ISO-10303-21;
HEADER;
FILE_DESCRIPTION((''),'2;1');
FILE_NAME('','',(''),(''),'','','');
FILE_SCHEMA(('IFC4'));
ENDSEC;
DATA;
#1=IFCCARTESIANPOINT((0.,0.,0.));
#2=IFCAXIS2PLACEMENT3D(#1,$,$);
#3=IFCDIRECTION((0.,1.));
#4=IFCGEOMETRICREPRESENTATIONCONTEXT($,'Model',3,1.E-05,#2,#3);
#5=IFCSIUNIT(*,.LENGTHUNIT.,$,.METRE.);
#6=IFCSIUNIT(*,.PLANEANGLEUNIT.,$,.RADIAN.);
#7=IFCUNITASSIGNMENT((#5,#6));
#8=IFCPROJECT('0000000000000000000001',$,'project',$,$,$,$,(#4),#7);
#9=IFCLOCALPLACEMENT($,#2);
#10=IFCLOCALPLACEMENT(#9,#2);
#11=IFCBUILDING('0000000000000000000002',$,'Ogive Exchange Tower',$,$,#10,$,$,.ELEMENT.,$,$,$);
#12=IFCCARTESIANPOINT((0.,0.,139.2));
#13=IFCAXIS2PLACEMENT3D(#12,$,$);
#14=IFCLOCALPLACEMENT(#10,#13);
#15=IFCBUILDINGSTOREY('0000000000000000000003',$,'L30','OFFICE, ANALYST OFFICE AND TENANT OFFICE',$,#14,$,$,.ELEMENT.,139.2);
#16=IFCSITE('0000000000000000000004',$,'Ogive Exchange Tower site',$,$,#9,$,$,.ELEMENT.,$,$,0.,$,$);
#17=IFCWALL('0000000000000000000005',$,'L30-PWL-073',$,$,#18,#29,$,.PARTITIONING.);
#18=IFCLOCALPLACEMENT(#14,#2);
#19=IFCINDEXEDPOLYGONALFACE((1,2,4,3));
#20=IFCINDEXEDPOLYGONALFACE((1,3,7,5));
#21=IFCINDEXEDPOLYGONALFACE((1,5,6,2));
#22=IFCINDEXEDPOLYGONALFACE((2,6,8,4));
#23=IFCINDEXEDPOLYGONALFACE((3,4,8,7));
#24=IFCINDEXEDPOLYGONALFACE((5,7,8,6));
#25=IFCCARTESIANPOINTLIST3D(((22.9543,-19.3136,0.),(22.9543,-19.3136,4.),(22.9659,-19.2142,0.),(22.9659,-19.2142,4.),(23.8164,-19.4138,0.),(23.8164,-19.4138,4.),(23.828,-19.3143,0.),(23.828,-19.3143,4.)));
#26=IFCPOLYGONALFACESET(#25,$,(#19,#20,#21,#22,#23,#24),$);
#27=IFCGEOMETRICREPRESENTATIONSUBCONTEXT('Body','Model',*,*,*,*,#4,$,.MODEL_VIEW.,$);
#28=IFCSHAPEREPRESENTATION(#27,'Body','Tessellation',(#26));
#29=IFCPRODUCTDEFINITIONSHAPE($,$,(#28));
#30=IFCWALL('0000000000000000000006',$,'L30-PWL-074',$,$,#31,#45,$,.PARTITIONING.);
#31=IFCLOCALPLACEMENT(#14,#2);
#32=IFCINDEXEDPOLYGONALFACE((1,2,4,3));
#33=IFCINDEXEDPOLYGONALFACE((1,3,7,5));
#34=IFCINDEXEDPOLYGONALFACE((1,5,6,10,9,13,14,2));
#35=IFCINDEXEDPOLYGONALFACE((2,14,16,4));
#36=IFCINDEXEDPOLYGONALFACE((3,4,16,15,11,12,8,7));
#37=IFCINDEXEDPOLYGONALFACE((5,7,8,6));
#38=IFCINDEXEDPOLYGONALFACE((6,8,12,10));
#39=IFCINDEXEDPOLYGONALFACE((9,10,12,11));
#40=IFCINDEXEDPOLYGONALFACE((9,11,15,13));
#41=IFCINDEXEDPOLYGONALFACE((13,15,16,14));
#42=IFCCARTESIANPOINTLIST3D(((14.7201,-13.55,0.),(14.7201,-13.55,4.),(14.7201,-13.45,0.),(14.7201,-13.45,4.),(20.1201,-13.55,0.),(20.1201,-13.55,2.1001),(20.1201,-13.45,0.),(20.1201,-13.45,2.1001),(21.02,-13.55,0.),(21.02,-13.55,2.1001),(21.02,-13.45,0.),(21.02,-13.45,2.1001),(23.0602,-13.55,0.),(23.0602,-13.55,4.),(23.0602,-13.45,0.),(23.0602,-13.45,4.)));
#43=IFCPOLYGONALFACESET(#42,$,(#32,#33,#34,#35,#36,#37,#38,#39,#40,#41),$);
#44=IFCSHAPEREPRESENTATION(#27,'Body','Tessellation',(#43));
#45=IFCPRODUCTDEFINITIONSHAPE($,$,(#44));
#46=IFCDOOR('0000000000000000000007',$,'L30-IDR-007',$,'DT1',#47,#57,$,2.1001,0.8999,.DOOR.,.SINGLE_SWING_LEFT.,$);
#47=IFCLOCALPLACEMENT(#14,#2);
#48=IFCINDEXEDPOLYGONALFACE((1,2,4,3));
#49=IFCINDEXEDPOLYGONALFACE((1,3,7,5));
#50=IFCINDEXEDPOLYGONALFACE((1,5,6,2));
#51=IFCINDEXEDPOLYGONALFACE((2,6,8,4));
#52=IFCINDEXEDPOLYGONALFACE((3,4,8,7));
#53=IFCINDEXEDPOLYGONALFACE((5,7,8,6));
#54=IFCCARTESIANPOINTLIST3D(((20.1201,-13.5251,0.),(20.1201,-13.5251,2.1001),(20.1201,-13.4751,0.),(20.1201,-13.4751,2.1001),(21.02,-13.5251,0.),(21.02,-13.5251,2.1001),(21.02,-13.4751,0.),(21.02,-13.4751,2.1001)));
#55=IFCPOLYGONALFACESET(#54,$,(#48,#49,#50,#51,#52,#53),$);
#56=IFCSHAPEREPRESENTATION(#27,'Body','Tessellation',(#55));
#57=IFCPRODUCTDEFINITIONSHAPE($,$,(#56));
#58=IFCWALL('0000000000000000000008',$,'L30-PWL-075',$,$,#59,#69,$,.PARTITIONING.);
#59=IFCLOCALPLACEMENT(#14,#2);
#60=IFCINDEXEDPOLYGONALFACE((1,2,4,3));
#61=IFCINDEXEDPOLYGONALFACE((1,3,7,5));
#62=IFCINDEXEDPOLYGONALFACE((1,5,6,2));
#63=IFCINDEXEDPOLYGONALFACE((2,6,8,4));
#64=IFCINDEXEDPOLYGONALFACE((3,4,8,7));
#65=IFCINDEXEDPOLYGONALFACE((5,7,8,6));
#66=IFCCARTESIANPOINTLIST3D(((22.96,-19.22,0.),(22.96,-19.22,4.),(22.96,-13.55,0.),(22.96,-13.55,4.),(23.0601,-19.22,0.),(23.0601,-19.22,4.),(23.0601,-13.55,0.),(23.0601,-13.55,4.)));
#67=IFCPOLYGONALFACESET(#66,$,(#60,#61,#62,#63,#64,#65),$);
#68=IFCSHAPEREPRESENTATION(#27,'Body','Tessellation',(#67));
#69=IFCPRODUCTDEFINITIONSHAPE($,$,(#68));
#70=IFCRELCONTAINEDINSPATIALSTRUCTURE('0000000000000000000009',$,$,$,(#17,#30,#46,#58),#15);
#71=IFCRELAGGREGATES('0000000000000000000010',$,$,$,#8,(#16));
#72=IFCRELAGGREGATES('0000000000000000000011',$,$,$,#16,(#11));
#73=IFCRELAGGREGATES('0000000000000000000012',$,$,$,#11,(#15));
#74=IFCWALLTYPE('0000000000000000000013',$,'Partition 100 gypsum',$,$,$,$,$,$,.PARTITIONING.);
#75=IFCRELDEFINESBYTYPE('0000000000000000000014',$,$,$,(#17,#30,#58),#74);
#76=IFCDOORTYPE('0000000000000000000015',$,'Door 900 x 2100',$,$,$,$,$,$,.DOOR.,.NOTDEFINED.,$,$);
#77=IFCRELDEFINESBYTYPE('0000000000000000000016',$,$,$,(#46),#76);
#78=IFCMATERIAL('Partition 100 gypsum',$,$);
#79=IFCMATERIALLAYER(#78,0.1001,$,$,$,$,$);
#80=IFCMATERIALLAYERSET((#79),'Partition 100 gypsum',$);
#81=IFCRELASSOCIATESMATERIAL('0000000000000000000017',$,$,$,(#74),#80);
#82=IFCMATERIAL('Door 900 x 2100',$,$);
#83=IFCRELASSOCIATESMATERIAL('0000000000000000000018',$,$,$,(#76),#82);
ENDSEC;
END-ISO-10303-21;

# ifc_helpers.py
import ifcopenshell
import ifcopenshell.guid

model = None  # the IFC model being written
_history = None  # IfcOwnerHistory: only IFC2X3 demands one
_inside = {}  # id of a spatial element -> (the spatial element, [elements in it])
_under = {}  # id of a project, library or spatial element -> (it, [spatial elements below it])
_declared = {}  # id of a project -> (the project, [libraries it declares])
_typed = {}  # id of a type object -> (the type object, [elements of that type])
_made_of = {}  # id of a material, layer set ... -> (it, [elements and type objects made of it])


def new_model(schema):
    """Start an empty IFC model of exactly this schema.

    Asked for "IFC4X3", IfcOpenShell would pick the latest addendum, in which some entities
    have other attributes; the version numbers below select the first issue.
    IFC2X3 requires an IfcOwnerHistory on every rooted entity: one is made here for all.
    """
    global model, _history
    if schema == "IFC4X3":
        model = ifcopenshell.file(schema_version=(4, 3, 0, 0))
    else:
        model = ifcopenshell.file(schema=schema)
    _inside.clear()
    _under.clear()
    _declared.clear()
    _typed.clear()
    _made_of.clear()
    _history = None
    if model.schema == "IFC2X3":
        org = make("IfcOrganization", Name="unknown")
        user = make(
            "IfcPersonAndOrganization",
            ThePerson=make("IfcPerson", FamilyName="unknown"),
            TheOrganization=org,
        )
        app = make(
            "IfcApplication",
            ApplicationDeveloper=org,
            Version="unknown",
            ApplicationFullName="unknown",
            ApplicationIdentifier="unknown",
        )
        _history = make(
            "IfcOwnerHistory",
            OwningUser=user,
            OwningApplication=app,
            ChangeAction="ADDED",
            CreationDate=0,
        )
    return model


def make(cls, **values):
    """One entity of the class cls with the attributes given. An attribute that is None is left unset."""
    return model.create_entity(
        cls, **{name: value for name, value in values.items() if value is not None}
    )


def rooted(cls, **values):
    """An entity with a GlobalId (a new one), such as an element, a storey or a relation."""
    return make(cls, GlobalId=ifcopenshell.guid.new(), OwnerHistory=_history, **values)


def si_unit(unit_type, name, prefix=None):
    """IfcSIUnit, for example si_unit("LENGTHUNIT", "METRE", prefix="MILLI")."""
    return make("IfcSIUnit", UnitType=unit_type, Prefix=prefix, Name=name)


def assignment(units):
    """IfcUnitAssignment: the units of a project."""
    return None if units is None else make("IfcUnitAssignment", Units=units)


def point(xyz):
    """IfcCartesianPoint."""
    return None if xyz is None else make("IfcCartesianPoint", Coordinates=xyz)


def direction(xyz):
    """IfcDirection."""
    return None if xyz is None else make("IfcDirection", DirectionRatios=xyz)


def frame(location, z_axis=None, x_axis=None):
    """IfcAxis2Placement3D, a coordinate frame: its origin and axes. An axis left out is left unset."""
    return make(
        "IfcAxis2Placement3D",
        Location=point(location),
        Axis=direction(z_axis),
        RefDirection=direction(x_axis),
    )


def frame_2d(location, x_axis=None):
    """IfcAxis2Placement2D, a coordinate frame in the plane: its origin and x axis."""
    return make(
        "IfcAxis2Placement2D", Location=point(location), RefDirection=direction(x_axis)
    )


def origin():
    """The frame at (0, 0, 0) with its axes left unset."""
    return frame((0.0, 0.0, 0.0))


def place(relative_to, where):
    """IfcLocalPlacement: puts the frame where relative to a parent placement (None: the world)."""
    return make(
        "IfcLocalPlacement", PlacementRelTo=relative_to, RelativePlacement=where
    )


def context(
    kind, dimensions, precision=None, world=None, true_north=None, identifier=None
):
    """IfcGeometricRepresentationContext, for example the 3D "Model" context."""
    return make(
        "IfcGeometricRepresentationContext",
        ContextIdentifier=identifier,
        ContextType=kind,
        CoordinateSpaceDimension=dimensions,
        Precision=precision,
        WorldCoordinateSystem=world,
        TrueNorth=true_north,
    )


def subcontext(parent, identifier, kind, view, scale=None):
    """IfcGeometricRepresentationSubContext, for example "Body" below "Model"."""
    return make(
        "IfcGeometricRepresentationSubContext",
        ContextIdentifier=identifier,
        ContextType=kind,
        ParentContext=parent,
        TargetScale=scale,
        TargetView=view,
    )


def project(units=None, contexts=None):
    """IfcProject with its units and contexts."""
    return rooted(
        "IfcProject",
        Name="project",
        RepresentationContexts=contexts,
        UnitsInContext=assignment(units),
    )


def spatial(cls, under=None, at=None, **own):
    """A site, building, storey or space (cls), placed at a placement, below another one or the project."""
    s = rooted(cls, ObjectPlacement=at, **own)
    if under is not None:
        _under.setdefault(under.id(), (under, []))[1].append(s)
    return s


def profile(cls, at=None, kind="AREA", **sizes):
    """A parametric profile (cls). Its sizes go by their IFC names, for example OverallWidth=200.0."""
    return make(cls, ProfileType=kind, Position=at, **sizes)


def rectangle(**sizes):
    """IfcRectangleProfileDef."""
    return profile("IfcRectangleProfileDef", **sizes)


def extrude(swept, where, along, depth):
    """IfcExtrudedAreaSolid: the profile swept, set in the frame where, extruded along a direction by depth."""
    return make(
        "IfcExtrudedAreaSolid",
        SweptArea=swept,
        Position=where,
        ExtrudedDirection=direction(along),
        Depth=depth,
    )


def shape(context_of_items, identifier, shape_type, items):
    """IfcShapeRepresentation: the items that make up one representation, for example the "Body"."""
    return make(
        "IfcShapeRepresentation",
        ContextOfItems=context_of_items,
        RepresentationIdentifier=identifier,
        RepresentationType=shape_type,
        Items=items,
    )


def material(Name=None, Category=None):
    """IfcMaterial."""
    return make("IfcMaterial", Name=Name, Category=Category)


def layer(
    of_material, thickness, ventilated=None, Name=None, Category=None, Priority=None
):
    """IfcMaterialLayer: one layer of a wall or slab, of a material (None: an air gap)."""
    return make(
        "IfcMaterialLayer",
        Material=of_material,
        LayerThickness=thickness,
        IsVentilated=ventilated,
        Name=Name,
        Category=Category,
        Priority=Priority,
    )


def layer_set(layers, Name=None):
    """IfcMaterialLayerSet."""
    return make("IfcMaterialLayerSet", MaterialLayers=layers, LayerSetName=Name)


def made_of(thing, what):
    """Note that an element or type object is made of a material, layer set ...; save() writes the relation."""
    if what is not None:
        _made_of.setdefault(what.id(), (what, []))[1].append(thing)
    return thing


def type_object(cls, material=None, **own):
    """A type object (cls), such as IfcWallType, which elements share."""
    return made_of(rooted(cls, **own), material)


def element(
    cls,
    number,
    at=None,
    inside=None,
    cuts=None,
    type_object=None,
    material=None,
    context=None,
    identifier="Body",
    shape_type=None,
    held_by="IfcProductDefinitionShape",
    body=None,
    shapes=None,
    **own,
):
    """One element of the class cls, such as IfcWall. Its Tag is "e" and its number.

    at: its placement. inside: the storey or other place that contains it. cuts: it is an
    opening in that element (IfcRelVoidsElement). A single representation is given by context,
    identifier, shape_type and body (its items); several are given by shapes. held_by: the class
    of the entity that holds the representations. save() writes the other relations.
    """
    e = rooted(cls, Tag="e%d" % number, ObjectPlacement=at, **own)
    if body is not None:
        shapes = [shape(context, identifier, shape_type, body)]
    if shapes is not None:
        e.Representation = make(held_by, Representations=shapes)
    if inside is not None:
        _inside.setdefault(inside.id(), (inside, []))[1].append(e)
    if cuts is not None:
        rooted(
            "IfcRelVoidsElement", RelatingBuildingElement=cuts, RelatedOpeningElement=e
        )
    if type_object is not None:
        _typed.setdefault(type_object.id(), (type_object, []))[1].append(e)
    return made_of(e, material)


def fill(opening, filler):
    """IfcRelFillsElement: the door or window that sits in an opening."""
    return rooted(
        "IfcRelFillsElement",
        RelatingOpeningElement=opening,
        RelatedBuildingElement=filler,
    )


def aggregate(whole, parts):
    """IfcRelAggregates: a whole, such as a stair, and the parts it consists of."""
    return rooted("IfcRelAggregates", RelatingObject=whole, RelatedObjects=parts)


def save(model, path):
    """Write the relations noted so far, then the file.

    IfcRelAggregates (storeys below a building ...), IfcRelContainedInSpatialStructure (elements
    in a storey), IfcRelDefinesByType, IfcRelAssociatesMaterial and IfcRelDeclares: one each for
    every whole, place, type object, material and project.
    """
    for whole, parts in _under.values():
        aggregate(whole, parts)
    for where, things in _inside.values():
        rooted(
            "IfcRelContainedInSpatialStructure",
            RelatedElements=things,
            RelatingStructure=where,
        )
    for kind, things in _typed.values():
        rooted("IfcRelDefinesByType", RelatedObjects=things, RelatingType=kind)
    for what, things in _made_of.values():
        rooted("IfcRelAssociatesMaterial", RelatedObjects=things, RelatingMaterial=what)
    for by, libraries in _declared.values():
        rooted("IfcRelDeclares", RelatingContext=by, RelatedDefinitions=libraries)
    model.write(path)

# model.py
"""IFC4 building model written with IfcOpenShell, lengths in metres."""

from ifc_helpers import new_model, si_unit, direction, frame, frame_2d, origin, place, context, subcontext, project, spatial, rectangle, extrude, material, layer, layer_set, type_object, element, fill, save


model = new_model("IFC4")

# Units and contexts
model_context = context("Model", 3, precision=1e-05, world=origin(), true_north=direction((0.0, 1.0)))
body_context = subcontext(model_context, "Body", "Model", "MODEL_VIEW")
ifc_project = project(units=[si_unit("LENGTHUNIT", "METRE"), si_unit("PLANEANGLEUNIT", "RADIAN")], contexts=[model_context])

# Site, building, storey
site_placement = place(None, origin())
site = spatial("IfcSite", under=ifc_project, at=site_placement, Name="Ogive Exchange Tower site", CompositionType="ELEMENT", RefElevation=0.0)
building_placement = place(site_placement, origin())
building = spatial("IfcBuilding", under=site, at=building_placement, Name="Ogive Exchange Tower", CompositionType="ELEMENT")
storey_placement = place(building_placement, frame((0.0, 0.0, 139.2)))
storey = spatial("IfcBuildingStorey", under=building, at=storey_placement, Name="L30", Description="OFFICE, ANALYST OFFICE AND TENANT OFFICE", CompositionType="ELEMENT", Elevation=139.2)

# Wall
ifc_material_1 = material(Name="Partition 100 gypsum")
ifc_layer_1 = layer(ifc_material_1, 0.1001)
ifc_layer_set_1 = layer_set([ifc_layer_1], Name="Partition 100 gypsum")
wall_type_1 = type_object("IfcWallType", Name="Partition 100 gypsum", PredefinedType="PARTITIONING", material=ifc_layer_set_1)
wall_1_placement = place(storey_placement, frame((22.96, -19.2639, 0.0), z_axis=(0.0, 0.0, 1.0), x_axis=(0.993326, -0.115339, 0.0)))
element("IfcWall", 1, at=wall_1_placement, inside=storey, type_object=wall_type_1, Name="L30-PWL-073", PredefinedType="PARTITIONING", context=body_context, shape_type="SweptSolid", body=[
    extrude(rectangle(XDim=0.8679, YDim=0.1001, at=frame_2d((0.4341, 0.0))), origin(), (0.0, 0.0, 1.0), 4.0),
])

# Wall, opening, door
wall_2_placement = place(storey_placement, frame((23.0601, -13.5, 0.0), z_axis=(0.0, 0.0, 1.0), x_axis=(-1.0, 0.0, 0.0)))
wall_2 = element("IfcWall", 2, at=wall_2_placement, inside=storey, type_object=wall_type_1, Name="L30-PWL-074", PredefinedType="PARTITIONING", context=body_context, shape_type="SweptSolid", body=[
    extrude(rectangle(XDim=8.3401, YDim=0.1001, at=frame_2d((4.1699, 0.0))), origin(), (0.0, 0.0, 1.0), 4.0),
])
opening_1_placement = place(wall_2_placement, frame((2.04, 0.0, 0.0)))
opening_1 = element("IfcOpeningElement", 3, at=opening_1_placement, cuts=wall_2, PredefinedType="OPENING", context=body_context, shape_type="SweptSolid", body=[
    extrude(rectangle(XDim=0.8999, YDim=2.1001, at=frame_2d((0.45, 1.05))), frame((0.0, 0.0601, 0.0), z_axis=(0.0, -1.0, 0.0), x_axis=(1.0, 0.0, 0.0)), (0.0, 0.0, 1.0), 0.1201),
])
ifc_material_2 = material(Name="Door 900 x 2100")
door_type_1 = type_object("IfcDoorType", Name="Door 900 x 2100", OperationType="NOTDEFINED", PredefinedType="DOOR", material=ifc_material_2)
door_1_placement = place(opening_1_placement, frame((0.8999, 0.0, 0.0), z_axis=(0.0, 0.0, 1.0), x_axis=(-1.0, 0.0, 0.0)))
door_1 = element("IfcDoor", 4, at=door_1_placement, inside=storey, type_object=door_type_1, Name="L30-IDR-007", ObjectType="DT1", OperationType="SINGLE_SWING_LEFT", OverallHeight=2.1001, OverallWidth=0.8999, PredefinedType="DOOR", context=body_context, shape_type="SweptSolid", body=[
    extrude(rectangle(XDim=0.8999, YDim=2.1001, at=frame_2d((0.45, 1.05))), frame((0.0, 0.0249, 0.0), z_axis=(0.0, -1.0, 0.0), x_axis=(1.0, 0.0, 0.0)), (0.0, 0.0, 1.0), 0.05),
])
fill(opening_1, door_1)

# Wall
wall_3_placement = place(storey_placement, frame((23.01, -13.55, 0.0), z_axis=(0.0, 0.0, 1.0), x_axis=(0.0, -1.0, 0.0)))
element("IfcWall", 5, at=wall_3_placement, inside=storey, type_object=wall_type_1, Name="L30-PWL-075", PredefinedType="PARTITIONING", context=body_context, shape_type="SweptSolid", body=[
    extrude(rectangle(XDim=5.6699, YDim=0.1001, at=frame_2d((2.835, 0.0))), origin(), (0.0, 0.0, 1.0), 4.0),
])

save(model, "model.ifc")
